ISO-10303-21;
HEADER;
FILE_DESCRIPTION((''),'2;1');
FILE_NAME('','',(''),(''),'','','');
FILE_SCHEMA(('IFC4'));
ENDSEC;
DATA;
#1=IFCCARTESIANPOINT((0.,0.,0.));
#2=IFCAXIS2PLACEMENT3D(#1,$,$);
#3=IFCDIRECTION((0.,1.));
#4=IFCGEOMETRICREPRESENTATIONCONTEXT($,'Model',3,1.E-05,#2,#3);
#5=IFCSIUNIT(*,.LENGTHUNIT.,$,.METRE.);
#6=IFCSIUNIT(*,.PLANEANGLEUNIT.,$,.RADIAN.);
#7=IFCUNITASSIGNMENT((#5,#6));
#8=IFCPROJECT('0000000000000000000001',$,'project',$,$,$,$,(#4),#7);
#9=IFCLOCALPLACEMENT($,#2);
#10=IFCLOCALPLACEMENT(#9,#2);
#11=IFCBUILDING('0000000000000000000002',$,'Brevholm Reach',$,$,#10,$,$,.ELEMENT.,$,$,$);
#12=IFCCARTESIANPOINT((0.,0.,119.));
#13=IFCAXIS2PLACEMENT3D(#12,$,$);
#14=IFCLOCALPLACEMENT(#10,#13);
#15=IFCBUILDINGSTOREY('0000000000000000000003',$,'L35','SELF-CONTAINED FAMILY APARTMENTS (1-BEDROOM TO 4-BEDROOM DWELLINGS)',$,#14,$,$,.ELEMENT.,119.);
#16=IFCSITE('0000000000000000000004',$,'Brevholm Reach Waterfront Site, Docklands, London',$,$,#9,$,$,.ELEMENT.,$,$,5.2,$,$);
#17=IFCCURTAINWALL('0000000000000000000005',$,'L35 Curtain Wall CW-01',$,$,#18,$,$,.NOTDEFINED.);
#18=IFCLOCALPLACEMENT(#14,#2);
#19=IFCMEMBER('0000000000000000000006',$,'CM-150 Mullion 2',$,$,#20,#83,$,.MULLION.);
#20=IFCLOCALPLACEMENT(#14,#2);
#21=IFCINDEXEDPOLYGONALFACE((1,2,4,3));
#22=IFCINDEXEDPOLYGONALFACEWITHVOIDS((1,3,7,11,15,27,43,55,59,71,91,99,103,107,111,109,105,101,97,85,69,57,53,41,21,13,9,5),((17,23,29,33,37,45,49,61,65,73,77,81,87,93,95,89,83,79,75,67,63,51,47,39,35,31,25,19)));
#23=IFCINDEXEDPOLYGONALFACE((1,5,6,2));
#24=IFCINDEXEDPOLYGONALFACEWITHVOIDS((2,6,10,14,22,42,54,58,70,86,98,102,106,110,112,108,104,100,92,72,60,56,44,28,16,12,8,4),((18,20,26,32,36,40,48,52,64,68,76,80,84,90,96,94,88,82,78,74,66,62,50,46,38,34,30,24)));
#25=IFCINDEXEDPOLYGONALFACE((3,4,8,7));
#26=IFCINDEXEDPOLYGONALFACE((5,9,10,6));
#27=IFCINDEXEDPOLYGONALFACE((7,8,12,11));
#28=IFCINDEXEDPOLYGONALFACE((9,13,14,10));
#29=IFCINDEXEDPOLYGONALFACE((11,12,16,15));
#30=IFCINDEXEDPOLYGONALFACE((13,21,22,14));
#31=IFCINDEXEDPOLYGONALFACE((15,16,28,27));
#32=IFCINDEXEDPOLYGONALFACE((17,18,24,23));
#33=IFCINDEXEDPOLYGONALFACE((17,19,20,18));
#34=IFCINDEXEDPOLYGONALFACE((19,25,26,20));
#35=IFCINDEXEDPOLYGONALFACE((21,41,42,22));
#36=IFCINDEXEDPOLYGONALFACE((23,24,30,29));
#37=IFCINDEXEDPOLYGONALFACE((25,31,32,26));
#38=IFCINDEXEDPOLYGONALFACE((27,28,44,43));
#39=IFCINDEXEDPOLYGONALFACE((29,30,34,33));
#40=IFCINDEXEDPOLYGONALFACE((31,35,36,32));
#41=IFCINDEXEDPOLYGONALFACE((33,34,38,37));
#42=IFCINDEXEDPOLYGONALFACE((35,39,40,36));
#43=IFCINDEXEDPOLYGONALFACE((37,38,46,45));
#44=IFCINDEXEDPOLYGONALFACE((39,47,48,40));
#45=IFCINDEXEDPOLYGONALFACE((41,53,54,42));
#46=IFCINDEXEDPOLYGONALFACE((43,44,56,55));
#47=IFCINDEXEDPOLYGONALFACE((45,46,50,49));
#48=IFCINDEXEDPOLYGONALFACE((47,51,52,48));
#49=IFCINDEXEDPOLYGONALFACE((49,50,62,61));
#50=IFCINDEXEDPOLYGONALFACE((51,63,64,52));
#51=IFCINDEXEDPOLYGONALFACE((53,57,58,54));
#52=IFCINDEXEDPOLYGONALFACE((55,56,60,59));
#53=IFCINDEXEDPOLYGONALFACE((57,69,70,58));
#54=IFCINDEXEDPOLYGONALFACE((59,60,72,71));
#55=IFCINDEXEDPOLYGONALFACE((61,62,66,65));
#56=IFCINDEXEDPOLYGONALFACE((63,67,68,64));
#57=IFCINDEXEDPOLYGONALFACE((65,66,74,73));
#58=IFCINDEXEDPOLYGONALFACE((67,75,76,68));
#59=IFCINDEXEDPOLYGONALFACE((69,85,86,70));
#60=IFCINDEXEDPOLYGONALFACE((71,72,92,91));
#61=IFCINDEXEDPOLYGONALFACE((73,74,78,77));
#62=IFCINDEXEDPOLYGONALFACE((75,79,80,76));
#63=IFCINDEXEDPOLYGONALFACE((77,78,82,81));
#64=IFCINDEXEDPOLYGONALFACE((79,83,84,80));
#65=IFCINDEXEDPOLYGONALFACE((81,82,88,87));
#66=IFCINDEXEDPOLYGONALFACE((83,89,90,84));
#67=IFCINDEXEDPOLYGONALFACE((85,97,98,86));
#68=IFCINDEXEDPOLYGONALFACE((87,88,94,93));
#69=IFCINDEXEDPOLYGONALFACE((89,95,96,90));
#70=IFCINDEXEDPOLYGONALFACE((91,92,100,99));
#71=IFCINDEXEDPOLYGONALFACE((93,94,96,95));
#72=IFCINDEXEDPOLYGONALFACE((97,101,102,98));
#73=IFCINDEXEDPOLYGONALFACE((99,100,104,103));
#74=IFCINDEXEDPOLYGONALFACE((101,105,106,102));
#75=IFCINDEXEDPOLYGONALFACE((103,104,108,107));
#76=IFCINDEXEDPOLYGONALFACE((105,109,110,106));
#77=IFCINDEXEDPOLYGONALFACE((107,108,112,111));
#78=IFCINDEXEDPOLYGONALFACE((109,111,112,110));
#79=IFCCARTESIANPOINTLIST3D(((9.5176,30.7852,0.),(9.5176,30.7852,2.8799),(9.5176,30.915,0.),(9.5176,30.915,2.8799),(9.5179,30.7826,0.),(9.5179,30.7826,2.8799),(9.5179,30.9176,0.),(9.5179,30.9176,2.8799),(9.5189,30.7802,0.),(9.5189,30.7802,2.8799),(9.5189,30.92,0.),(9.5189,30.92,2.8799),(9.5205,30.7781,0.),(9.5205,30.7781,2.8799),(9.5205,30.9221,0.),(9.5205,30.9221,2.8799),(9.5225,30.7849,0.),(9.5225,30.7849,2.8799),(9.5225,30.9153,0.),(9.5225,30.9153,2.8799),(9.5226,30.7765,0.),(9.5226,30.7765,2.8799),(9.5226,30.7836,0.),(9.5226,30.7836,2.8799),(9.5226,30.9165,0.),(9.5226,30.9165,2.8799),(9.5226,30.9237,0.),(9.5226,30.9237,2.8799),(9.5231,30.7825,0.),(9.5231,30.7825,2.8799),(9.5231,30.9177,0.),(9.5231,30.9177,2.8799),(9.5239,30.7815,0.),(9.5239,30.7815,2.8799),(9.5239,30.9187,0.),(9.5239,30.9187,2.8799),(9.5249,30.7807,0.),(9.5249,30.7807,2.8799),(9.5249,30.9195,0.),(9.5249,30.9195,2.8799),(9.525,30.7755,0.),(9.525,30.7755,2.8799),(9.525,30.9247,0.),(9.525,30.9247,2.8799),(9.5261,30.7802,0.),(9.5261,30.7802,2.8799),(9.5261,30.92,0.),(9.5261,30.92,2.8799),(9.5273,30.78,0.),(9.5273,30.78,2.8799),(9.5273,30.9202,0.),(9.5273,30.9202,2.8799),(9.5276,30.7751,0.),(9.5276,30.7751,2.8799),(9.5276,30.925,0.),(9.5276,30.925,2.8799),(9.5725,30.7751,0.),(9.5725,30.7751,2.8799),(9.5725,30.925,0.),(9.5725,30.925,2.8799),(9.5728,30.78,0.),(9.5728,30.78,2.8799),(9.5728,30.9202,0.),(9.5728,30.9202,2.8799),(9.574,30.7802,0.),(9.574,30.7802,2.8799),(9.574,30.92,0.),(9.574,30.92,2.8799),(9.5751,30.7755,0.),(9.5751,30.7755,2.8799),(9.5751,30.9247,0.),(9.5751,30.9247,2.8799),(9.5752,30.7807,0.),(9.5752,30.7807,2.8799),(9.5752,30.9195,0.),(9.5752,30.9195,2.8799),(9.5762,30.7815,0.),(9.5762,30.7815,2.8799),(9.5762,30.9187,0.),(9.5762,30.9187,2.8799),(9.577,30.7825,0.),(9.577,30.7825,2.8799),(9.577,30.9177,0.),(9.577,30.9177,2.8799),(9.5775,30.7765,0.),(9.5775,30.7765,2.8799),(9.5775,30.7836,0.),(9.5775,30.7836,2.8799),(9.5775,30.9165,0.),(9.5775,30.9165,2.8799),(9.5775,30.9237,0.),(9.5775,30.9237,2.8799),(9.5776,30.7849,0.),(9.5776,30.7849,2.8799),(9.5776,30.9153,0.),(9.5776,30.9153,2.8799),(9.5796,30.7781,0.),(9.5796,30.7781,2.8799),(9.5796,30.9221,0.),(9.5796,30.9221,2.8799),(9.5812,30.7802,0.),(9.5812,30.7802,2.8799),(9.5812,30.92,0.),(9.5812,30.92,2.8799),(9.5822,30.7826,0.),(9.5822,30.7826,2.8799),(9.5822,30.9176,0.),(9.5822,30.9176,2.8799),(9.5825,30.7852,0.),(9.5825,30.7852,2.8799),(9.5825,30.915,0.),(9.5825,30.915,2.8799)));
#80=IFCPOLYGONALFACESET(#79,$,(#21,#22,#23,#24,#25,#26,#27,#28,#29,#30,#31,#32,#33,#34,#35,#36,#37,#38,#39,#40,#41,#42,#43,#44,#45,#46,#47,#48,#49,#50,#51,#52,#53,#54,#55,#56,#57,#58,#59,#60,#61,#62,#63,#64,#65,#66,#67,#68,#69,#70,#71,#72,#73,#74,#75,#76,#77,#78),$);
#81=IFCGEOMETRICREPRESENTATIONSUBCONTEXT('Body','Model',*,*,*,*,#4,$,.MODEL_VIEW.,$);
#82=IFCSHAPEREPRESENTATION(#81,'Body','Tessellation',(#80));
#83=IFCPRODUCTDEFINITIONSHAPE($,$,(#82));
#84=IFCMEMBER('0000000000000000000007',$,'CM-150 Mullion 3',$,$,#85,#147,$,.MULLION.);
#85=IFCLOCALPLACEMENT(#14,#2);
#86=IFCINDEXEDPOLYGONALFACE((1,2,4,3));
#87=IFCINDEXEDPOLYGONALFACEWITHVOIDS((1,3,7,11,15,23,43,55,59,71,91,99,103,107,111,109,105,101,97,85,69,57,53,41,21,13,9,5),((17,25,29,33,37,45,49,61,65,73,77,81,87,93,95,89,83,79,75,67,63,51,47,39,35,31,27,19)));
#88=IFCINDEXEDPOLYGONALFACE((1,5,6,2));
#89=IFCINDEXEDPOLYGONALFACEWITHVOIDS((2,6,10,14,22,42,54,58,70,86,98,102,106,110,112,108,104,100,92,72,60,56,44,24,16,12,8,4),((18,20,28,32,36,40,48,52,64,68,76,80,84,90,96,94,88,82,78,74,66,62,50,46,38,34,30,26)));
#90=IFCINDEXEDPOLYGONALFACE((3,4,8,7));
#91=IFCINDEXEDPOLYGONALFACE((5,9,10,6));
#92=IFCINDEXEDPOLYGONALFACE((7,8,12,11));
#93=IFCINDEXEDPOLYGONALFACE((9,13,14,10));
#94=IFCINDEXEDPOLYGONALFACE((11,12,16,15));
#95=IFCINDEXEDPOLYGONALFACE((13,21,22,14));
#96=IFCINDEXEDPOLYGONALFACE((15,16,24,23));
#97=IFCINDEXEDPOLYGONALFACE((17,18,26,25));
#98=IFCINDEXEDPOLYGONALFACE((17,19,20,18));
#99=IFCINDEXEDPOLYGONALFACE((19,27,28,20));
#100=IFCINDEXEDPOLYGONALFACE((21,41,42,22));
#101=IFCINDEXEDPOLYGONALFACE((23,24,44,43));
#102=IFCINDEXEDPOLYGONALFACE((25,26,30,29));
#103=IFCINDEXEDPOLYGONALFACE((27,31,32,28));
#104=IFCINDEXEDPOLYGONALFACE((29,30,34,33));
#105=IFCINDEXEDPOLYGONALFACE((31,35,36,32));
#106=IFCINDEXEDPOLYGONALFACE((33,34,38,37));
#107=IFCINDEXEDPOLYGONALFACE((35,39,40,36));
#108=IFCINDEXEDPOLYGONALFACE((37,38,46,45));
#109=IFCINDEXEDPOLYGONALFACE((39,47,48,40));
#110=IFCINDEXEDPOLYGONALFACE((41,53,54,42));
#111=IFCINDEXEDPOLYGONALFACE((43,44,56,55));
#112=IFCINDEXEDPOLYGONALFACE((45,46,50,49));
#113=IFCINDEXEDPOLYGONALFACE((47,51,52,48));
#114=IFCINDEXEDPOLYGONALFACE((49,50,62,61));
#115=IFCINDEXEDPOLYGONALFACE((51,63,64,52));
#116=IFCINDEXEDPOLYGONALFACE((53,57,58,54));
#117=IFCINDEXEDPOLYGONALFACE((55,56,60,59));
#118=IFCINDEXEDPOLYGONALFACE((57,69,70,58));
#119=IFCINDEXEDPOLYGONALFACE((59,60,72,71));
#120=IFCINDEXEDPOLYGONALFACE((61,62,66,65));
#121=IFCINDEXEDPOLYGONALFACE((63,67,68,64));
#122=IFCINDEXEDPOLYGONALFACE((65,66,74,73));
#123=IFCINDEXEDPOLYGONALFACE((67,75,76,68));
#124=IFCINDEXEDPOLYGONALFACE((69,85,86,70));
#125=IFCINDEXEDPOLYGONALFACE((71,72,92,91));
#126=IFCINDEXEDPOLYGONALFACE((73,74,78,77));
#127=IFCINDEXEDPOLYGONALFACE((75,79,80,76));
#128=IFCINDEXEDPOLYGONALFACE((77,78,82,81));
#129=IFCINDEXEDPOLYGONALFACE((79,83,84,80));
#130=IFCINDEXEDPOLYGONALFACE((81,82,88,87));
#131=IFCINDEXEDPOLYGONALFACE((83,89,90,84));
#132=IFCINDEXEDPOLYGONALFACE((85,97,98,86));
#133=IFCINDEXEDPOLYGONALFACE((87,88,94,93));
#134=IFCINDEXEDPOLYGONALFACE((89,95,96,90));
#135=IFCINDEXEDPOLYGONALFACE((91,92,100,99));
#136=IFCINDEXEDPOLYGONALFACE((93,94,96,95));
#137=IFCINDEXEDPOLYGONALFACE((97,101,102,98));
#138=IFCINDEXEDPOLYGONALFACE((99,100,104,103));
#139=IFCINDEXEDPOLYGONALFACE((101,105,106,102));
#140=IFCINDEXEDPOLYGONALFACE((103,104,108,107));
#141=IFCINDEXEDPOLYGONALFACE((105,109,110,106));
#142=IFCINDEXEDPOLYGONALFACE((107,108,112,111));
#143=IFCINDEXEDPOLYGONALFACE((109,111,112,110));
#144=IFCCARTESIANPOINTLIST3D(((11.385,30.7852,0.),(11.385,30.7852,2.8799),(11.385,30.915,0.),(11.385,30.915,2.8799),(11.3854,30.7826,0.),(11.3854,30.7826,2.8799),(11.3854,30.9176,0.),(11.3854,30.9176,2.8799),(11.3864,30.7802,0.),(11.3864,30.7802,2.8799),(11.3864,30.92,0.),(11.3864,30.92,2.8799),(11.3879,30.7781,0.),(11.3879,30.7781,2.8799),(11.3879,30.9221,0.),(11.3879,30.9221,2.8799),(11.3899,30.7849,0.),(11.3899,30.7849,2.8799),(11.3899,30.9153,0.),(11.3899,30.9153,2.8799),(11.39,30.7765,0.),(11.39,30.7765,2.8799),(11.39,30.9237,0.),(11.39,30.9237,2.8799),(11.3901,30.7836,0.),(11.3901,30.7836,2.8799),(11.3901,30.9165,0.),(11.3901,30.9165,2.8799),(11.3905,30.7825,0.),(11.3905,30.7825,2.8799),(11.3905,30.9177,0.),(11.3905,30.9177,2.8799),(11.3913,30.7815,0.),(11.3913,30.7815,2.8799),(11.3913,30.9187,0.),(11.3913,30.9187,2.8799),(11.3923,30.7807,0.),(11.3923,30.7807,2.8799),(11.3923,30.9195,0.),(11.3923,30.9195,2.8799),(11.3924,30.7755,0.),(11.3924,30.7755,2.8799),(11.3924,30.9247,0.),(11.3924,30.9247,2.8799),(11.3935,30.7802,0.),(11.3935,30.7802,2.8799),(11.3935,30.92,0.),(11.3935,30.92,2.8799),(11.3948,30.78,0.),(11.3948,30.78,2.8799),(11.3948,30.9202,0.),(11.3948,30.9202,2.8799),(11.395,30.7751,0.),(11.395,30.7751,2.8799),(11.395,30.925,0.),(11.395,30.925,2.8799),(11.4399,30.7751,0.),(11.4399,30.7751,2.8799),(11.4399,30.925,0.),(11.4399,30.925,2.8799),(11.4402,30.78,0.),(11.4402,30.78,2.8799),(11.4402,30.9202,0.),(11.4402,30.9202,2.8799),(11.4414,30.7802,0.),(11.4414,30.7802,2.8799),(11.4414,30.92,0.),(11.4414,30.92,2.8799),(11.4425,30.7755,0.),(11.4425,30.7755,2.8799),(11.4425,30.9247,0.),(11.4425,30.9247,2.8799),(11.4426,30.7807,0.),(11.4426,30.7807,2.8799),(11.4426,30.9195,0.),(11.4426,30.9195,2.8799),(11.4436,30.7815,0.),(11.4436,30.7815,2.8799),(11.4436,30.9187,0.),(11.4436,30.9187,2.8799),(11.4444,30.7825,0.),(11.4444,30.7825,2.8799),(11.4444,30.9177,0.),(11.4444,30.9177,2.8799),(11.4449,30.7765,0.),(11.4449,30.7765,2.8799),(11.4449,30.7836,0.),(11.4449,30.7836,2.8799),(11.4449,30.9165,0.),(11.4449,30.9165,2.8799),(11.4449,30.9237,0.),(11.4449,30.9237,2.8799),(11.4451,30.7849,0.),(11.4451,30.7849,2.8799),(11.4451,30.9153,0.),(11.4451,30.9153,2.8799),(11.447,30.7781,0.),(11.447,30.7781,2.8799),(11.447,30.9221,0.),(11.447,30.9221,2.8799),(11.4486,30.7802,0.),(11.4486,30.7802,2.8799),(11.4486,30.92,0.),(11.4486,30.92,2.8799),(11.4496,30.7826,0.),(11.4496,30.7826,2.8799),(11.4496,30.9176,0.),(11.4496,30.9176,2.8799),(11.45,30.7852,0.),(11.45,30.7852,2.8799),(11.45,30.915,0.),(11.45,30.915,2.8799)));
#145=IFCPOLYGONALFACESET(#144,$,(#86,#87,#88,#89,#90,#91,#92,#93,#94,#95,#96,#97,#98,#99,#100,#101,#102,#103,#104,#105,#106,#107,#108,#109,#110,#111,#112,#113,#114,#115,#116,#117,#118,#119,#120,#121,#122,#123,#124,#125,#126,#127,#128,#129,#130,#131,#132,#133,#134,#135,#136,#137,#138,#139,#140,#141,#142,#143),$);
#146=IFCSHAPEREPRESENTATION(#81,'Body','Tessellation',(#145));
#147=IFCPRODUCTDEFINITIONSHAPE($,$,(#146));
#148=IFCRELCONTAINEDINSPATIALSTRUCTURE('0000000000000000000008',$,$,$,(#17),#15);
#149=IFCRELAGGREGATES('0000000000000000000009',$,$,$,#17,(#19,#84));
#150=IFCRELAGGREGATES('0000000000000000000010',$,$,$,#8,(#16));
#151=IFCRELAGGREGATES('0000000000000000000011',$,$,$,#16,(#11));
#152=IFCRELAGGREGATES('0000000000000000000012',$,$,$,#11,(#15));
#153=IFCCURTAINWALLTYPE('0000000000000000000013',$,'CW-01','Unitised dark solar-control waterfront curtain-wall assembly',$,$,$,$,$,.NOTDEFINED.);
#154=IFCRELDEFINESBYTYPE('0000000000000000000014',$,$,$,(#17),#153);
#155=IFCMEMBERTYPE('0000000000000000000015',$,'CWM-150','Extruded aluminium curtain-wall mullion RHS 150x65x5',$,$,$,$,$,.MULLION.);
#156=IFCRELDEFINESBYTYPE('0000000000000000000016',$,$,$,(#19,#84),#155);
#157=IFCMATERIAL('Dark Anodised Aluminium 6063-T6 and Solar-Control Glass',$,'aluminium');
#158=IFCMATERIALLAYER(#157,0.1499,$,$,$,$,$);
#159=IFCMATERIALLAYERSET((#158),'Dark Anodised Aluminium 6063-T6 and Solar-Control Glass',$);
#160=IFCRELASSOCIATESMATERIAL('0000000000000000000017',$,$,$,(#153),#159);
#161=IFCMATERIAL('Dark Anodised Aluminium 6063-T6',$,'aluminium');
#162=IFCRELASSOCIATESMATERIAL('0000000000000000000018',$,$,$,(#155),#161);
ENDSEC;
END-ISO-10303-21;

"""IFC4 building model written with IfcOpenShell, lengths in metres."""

from ifc_helpers import new_model, si_unit, direction, frame, origin, origin_2d, place, context, subcontext, project, spatial, hollow_rectangle, extrude, material, layer, layer_set, material_profile, profile_set, type_object, element, aggregate, save


model = new_model("IFC4")

# Units and contexts
model_context = context("Model", 3, precision=1e-05, world=origin(), true_north=direction((0.0, 1.0)))
body_context = subcontext(model_context, "Body", "Model", "MODEL_VIEW")
ifc_project = project(units=[si_unit("LENGTHUNIT", "METRE"), si_unit("PLANEANGLEUNIT", "RADIAN")], contexts=[model_context])

# Site, building, storey
site_placement = place(None, origin())
site = spatial("IfcSite", under=ifc_project, at=site_placement, Name="Brevholm Reach Waterfront Site, Docklands, London", CompositionType="ELEMENT", RefElevation=5.2)
building_placement = place(site_placement, origin())
building = spatial("IfcBuilding", under=site, at=building_placement, Name="Brevholm Reach", CompositionType="ELEMENT")
storey_placement = place(building_placement, frame((0.0, 0.0, 119.0)))
storey = spatial("IfcBuildingStorey", under=building, at=storey_placement, Name="L35", Description="SELF-CONTAINED FAMILY APARTMENTS (1-BEDROOM TO 4-BEDROOM DWELLINGS)", CompositionType="ELEMENT", Elevation=119.0)

# Curtain wall, members
ifc_material_1 = material(Name="Dark Anodised Aluminium 6063-T6 and Solar-Control Glass", Category="aluminium")
ifc_layer_1 = layer(ifc_material_1, 0.1499)
ifc_layer_set_1 = layer_set([ifc_layer_1], Name="Dark Anodised Aluminium 6063-T6 and Solar-Control Glass")
curtain_wall_type = type_object("IfcCurtainWallType", Name="CW-01", Description="Unitised dark solar-control waterfront curtain-wall assembly", PredefinedType="NOTDEFINED", material=ifc_layer_set_1)
curtain_wall_placement = place(storey_placement, origin())
curtain_wall = element("IfcCurtainWall", 1, at=curtain_wall_placement, inside=storey, type_object=curtain_wall_type, Name="L35 Curtain Wall CW-01", PredefinedType="NOTDEFINED")
ifc_material_2 = material(Name="Dark Anodised Aluminium 6063-T6", Category="aluminium")
ifc_material_profile_1 = material_profile(ifc_material_2, hollow_rectangle(XDim=0.0649, YDim=0.1499, WallThickness=0.0049, InnerFilletRadius=0.0049, OuterFilletRadius=0.01, at=origin_2d()), Name="RHS 150x65x5")
ifc_profile_set_1 = profile_set([ifc_material_profile_1], Name="Dark Anodised Aluminium 6063-T6")
member_type_1 = type_object("IfcMemberType", Name="CWM-150", Description="Extruded aluminium curtain-wall mullion RHS 150x65x5", PredefinedType="MULLION", material=ifc_profile_set_1)
member_1_placement = place(storey_placement, frame((9.55, 30.8501, 0.0), z_axis=(0.0, 0.0, 1.0), x_axis=(1.0, 0.0, 0.0)))
member_1 = element("IfcMember", 2, at=member_1_placement, type_object=member_type_1, Name="CM-150 Mullion 2", PredefinedType="MULLION", context=body_context, shape_type="SweptSolid", body=[
    extrude(hollow_rectangle(XDim=0.0649, YDim=0.1499, WallThickness=0.0049, InnerFilletRadius=0.0049, OuterFilletRadius=0.01, at=origin_2d()), origin(), (0.0, 0.0, 1.0), 2.8799),
])
member_2_placement = place(storey_placement, frame((11.4175, 30.8501, 0.0), z_axis=(0.0, 0.0, 1.0), x_axis=(1.0, 0.0, 0.0)))
member_2 = element("IfcMember", 3, at=member_2_placement, type_object=member_type_1, Name="CM-150 Mullion 3", PredefinedType="MULLION", context=body_context, shape_type="SweptSolid", body=[
    extrude(hollow_rectangle(XDim=0.0649, YDim=0.1499, WallThickness=0.0049, InnerFilletRadius=0.0049, OuterFilletRadius=0.01, at=origin_2d()), origin(), (0.0, 0.0, 1.0), 2.8799),
])
aggregate(curtain_wall, [member_1, member_2])

save(model, "model.ifc")
